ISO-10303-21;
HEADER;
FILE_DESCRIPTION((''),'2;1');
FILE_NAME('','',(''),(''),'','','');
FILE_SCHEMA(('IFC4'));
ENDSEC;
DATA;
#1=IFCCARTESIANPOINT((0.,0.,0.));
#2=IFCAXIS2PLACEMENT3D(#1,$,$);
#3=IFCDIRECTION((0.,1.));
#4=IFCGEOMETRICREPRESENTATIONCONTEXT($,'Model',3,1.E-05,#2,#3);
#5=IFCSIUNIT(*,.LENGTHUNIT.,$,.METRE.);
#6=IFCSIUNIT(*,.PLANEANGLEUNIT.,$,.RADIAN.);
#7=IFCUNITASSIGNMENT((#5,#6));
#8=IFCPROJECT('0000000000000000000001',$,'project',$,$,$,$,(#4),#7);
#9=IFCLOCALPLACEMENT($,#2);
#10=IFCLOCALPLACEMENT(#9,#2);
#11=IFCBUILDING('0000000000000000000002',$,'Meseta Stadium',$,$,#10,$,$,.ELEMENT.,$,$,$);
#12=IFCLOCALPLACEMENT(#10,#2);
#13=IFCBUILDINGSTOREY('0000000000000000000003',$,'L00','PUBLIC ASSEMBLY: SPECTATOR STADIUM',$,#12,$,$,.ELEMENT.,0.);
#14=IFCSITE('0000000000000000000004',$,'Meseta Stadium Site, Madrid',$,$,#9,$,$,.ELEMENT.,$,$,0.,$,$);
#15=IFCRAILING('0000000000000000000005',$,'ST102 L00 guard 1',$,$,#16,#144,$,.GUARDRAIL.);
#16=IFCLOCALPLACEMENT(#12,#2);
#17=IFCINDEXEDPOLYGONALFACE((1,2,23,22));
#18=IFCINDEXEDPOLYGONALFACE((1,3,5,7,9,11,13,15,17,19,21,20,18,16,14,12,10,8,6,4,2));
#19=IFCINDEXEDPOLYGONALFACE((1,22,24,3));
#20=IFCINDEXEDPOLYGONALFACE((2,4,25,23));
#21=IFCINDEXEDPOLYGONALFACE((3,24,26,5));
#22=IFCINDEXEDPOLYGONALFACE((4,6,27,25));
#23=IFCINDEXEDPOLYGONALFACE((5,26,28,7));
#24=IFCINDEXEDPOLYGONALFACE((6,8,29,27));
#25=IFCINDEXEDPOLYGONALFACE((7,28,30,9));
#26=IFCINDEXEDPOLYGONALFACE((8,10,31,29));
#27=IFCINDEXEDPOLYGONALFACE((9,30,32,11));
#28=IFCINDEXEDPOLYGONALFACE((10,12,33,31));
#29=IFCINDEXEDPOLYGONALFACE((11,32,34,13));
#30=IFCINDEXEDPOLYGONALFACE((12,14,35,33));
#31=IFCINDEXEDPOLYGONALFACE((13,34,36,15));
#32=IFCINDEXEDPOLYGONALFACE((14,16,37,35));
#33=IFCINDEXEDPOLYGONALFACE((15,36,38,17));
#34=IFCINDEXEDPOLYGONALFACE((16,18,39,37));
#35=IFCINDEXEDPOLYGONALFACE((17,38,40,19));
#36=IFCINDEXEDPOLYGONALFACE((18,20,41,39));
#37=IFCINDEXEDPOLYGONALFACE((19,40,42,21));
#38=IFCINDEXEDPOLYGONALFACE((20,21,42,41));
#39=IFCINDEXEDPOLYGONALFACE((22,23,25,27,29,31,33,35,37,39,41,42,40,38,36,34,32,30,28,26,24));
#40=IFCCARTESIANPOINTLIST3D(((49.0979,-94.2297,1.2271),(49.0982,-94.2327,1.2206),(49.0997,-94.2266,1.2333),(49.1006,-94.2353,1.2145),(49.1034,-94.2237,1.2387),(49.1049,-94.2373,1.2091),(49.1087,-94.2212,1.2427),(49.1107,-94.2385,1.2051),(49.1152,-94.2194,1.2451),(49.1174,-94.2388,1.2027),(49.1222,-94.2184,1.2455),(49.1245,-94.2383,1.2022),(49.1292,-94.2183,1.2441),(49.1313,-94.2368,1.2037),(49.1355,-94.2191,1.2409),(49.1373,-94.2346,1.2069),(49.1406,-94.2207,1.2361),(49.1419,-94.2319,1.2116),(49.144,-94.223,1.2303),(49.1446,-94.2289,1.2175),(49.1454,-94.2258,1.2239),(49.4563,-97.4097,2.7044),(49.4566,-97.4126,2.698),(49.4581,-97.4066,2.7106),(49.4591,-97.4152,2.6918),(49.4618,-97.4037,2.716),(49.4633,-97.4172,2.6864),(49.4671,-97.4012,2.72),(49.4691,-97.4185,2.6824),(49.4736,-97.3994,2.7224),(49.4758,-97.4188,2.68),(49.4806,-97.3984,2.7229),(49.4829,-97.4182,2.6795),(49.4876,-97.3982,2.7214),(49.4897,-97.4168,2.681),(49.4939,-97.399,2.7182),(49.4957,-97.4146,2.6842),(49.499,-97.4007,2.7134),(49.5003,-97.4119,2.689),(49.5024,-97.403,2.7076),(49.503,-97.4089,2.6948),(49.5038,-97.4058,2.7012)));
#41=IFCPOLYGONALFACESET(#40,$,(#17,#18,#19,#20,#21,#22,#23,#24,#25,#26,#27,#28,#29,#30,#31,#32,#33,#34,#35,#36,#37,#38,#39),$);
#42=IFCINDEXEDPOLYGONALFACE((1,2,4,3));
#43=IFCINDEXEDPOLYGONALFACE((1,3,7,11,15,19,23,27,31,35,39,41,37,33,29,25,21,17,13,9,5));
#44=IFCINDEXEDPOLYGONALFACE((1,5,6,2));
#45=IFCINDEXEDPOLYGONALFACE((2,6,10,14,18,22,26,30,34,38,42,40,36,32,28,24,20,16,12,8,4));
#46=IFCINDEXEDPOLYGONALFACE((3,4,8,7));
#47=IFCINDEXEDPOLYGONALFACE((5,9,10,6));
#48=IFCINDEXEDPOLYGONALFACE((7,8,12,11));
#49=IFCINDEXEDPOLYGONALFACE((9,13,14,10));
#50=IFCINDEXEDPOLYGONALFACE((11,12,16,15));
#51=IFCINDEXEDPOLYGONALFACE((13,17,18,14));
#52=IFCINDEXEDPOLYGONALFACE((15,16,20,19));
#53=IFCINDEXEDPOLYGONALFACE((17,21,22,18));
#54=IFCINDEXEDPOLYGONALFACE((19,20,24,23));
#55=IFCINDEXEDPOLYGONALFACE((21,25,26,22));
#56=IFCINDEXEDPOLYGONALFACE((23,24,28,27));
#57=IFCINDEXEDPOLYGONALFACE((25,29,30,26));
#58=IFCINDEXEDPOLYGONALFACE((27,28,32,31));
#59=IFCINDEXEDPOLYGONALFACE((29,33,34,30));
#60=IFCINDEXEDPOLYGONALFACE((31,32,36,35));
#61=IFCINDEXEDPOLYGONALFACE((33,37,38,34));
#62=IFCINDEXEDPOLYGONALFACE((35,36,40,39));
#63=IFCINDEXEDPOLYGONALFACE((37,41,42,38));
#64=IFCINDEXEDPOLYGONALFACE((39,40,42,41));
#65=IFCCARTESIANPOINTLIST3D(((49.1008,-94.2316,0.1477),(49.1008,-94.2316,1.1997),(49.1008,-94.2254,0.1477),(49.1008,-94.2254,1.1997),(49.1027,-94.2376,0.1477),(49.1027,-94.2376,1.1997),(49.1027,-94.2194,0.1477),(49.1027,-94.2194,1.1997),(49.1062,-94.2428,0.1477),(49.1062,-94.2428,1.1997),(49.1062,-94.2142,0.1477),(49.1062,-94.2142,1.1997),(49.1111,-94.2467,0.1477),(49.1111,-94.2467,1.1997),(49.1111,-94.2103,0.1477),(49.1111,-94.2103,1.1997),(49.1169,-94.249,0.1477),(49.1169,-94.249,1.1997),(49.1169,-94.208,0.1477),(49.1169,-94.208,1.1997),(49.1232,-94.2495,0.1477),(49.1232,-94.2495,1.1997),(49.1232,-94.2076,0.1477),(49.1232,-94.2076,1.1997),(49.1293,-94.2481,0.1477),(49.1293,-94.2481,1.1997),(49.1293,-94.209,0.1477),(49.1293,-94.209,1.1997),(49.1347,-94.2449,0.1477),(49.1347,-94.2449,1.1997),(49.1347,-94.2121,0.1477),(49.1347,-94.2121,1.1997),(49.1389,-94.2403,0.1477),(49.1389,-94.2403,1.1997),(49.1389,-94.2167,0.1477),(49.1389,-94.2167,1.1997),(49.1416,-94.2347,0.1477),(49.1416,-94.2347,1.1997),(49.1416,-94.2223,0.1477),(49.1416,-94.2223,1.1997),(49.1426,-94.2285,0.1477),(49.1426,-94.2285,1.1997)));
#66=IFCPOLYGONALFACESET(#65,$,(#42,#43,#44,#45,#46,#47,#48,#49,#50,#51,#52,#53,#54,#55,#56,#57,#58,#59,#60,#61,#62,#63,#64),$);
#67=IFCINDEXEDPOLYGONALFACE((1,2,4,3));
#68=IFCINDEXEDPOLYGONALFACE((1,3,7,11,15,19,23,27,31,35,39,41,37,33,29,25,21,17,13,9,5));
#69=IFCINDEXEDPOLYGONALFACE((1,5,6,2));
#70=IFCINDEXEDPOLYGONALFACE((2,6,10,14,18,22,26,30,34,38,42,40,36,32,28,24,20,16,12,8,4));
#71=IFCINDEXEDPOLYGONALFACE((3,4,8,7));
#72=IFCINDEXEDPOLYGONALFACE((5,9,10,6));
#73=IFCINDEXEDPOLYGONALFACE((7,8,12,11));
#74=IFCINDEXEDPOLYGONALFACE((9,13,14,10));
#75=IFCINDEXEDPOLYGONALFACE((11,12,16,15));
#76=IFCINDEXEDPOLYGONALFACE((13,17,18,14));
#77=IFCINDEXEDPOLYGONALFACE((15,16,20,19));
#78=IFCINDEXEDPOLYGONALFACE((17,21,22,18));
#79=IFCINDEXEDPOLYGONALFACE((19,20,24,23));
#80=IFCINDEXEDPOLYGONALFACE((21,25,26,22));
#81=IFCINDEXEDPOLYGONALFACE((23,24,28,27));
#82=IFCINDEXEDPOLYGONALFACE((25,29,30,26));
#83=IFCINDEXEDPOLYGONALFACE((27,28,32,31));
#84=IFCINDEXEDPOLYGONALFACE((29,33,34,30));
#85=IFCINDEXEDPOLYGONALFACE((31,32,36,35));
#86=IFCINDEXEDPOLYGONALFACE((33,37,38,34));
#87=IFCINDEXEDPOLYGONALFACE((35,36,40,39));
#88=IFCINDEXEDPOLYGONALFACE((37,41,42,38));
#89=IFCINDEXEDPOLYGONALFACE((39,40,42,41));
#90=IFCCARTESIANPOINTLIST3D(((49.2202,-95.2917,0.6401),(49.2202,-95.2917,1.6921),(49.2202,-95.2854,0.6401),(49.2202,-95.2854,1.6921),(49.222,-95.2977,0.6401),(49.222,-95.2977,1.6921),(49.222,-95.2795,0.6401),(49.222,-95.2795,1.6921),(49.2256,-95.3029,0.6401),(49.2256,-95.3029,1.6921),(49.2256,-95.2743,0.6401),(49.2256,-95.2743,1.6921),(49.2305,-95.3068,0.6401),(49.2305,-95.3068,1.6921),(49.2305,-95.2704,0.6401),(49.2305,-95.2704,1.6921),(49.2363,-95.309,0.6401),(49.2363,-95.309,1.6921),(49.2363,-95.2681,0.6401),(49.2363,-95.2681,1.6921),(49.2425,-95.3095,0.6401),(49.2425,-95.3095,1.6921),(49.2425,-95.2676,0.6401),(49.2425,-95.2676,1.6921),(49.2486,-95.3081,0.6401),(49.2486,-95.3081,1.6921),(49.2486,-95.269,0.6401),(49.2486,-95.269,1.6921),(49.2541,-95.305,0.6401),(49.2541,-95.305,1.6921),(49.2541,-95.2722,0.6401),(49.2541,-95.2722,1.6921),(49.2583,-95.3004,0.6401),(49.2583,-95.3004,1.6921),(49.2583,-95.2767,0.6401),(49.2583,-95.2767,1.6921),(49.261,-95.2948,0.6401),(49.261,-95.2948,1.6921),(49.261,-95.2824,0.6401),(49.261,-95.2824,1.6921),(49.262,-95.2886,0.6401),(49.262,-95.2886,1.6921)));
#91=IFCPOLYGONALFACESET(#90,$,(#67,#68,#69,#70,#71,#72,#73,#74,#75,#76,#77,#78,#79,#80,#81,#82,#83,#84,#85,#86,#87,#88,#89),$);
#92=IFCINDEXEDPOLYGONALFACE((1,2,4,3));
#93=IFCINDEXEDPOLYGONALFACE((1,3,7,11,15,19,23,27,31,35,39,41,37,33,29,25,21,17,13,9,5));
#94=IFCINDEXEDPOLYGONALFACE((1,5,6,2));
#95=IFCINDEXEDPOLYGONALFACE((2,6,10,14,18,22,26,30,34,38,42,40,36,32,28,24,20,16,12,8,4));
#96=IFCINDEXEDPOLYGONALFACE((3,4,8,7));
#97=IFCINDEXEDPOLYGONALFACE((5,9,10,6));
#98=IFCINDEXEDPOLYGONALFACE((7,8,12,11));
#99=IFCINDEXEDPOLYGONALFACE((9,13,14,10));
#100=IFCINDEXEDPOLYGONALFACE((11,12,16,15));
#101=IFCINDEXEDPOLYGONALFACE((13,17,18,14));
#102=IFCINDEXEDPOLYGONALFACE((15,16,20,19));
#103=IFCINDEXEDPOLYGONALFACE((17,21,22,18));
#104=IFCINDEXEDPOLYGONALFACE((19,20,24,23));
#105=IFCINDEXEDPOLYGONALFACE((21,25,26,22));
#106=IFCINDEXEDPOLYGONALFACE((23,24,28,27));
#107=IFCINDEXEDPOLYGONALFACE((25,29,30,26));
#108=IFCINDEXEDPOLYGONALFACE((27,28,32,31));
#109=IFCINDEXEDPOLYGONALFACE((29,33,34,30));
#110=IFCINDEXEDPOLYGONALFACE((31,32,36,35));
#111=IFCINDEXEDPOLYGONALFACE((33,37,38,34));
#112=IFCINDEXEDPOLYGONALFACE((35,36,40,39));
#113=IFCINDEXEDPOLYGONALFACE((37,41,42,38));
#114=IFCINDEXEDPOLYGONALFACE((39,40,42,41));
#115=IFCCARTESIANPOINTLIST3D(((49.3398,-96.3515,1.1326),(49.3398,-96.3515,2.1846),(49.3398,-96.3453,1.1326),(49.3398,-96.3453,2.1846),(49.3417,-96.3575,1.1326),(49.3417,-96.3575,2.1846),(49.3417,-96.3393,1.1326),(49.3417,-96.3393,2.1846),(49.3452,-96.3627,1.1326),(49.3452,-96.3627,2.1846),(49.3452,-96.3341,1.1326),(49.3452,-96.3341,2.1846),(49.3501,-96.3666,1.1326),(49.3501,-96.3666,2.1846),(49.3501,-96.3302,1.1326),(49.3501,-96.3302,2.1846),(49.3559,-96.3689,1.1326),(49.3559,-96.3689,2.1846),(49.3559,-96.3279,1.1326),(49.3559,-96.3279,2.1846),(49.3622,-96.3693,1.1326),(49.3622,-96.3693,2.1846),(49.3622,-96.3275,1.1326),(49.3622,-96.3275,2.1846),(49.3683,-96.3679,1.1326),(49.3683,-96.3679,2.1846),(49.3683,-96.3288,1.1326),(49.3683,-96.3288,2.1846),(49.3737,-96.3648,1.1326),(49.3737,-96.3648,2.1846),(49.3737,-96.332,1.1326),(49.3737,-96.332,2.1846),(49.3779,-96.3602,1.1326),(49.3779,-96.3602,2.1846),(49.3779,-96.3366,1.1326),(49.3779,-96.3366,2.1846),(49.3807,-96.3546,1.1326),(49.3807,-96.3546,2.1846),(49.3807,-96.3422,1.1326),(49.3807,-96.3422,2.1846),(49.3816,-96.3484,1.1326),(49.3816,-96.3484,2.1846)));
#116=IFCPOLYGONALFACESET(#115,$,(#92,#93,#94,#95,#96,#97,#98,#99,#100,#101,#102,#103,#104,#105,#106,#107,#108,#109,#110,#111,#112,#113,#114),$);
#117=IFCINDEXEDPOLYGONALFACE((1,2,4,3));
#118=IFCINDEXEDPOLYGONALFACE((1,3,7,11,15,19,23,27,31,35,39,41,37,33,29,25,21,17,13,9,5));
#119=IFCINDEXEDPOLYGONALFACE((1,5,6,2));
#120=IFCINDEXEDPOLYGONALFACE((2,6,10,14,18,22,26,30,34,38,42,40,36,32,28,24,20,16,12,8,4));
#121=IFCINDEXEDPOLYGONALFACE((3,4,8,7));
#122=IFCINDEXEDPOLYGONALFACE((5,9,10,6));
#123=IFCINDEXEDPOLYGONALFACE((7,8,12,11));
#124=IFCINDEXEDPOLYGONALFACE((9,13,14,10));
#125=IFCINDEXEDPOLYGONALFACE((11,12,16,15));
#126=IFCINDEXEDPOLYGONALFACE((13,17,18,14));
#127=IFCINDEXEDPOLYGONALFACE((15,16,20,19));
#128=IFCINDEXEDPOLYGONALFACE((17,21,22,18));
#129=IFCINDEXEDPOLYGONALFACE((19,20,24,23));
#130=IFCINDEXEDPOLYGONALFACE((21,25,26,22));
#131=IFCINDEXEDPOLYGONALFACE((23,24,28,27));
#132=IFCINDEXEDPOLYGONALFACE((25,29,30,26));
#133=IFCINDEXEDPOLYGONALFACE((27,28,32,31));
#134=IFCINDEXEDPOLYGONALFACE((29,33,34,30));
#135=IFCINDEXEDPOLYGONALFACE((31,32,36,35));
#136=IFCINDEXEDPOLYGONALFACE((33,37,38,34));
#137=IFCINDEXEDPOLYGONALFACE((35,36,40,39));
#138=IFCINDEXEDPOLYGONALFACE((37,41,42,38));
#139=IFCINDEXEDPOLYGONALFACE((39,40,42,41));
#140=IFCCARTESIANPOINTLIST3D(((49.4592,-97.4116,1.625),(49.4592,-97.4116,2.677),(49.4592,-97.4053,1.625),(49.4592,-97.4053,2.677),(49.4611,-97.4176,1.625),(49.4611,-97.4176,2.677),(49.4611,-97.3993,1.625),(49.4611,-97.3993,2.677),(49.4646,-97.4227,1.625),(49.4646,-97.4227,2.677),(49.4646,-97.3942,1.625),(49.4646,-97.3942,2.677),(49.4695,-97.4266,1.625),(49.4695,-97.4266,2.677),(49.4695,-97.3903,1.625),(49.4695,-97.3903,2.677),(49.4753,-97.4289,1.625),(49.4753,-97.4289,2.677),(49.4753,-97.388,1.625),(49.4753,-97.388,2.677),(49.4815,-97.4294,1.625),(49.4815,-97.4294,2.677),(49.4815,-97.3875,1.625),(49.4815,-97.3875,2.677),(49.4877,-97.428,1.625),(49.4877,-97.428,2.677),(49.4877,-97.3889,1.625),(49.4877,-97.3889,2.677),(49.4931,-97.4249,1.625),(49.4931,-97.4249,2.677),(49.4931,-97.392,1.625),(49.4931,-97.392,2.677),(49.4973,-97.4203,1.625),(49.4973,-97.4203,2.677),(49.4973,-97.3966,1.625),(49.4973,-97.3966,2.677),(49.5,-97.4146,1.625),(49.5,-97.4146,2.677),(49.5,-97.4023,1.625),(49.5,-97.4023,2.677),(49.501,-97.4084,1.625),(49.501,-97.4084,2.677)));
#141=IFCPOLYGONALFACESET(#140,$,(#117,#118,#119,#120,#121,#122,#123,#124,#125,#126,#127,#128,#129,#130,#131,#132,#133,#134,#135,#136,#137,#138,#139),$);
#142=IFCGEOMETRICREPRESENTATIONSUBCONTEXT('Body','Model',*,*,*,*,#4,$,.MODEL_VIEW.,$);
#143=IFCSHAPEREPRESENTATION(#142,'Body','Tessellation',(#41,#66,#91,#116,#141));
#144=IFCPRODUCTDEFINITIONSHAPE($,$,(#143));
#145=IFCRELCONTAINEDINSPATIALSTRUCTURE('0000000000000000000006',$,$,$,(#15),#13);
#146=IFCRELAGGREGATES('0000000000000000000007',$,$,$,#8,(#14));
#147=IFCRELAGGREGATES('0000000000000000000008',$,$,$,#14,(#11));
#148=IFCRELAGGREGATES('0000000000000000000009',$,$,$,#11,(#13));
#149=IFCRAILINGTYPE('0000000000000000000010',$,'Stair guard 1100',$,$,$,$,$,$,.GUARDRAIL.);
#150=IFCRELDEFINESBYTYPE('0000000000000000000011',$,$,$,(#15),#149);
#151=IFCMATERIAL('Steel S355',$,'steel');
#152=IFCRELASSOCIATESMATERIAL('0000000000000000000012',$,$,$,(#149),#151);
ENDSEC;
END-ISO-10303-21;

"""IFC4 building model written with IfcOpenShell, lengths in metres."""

from ifc_helpers import new_model, si_unit, direction, frame, origin, origin_2d, place, context, subcontext, project, spatial, circle, extrude, material, type_object, element, save


model = new_model("IFC4")

# Units and contexts
model_context = context("Model", 3, precision=1e-05, world=origin(), true_north=direction((0.0, 1.0)))
body_context = subcontext(model_context, "Body", "Model", "MODEL_VIEW")
ifc_project = project(units=[si_unit("LENGTHUNIT", "METRE"), si_unit("PLANEANGLEUNIT", "RADIAN")], contexts=[model_context])

# Site, building, storey
site_placement = place(None, origin())
site = spatial("IfcSite", under=ifc_project, at=site_placement, Name="Meseta Stadium Site, Madrid", CompositionType="ELEMENT", RefElevation=0.0)
building_placement = place(site_placement, origin())
building = spatial("IfcBuilding", under=site, at=building_placement, Name="Meseta Stadium", CompositionType="ELEMENT")
storey_placement = place(building_placement, origin())
storey = spatial("IfcBuildingStorey", under=building, at=storey_placement, Name="L00", Description="PUBLIC ASSEMBLY: SPECTATOR STADIUM", CompositionType="ELEMENT", Elevation=0.0)

# Railing
ifc_material_1 = material(Name="Steel S355", Category="steel")
railing_type_1 = type_object("IfcRailingType", Name="Stair guard 1100", PredefinedType="GUARDRAIL", material=ifc_material_1)
railing_1_placement = place(storey_placement, frame((49.1216, -94.2285, 0.1477)))
element("IfcRailing", 1, at=railing_1_placement, inside=storey, type_object=railing_type_1, Name="ST102 L00 guard 1", PredefinedType="GUARDRAIL", context=body_context, shape_type="SweptSolid", body=[
    extrude(circle(Radius=0.0239, at=origin_2d()), frame((0.0, 0.0, 1.0762), z_axis=(0.101685, -0.90221, 0.419138), x_axis=(0.993709, 0.111997, 0.0)), (0.0, 0.0, 1.0), 3.5247),
    extrude(circle(Radius=0.021, at=origin_2d()), origin(), (0.0, 0.0, 1.0), 1.052),
    extrude(circle(Radius=0.021, at=origin_2d()), frame((0.1194, -1.0601, 0.4924)), (0.0, 0.0, 1.0), 1.052),
    extrude(circle(Radius=0.021, at=origin_2d()), frame((0.239, -2.1199, 0.9849)), (0.0, 0.0, 1.0), 1.052),
    extrude(circle(Radius=0.021, at=origin_2d()), frame((0.3584, -3.1799, 1.4773)), (0.0, 0.0, 1.0), 1.052),
])

save(model, "model.ifc")
